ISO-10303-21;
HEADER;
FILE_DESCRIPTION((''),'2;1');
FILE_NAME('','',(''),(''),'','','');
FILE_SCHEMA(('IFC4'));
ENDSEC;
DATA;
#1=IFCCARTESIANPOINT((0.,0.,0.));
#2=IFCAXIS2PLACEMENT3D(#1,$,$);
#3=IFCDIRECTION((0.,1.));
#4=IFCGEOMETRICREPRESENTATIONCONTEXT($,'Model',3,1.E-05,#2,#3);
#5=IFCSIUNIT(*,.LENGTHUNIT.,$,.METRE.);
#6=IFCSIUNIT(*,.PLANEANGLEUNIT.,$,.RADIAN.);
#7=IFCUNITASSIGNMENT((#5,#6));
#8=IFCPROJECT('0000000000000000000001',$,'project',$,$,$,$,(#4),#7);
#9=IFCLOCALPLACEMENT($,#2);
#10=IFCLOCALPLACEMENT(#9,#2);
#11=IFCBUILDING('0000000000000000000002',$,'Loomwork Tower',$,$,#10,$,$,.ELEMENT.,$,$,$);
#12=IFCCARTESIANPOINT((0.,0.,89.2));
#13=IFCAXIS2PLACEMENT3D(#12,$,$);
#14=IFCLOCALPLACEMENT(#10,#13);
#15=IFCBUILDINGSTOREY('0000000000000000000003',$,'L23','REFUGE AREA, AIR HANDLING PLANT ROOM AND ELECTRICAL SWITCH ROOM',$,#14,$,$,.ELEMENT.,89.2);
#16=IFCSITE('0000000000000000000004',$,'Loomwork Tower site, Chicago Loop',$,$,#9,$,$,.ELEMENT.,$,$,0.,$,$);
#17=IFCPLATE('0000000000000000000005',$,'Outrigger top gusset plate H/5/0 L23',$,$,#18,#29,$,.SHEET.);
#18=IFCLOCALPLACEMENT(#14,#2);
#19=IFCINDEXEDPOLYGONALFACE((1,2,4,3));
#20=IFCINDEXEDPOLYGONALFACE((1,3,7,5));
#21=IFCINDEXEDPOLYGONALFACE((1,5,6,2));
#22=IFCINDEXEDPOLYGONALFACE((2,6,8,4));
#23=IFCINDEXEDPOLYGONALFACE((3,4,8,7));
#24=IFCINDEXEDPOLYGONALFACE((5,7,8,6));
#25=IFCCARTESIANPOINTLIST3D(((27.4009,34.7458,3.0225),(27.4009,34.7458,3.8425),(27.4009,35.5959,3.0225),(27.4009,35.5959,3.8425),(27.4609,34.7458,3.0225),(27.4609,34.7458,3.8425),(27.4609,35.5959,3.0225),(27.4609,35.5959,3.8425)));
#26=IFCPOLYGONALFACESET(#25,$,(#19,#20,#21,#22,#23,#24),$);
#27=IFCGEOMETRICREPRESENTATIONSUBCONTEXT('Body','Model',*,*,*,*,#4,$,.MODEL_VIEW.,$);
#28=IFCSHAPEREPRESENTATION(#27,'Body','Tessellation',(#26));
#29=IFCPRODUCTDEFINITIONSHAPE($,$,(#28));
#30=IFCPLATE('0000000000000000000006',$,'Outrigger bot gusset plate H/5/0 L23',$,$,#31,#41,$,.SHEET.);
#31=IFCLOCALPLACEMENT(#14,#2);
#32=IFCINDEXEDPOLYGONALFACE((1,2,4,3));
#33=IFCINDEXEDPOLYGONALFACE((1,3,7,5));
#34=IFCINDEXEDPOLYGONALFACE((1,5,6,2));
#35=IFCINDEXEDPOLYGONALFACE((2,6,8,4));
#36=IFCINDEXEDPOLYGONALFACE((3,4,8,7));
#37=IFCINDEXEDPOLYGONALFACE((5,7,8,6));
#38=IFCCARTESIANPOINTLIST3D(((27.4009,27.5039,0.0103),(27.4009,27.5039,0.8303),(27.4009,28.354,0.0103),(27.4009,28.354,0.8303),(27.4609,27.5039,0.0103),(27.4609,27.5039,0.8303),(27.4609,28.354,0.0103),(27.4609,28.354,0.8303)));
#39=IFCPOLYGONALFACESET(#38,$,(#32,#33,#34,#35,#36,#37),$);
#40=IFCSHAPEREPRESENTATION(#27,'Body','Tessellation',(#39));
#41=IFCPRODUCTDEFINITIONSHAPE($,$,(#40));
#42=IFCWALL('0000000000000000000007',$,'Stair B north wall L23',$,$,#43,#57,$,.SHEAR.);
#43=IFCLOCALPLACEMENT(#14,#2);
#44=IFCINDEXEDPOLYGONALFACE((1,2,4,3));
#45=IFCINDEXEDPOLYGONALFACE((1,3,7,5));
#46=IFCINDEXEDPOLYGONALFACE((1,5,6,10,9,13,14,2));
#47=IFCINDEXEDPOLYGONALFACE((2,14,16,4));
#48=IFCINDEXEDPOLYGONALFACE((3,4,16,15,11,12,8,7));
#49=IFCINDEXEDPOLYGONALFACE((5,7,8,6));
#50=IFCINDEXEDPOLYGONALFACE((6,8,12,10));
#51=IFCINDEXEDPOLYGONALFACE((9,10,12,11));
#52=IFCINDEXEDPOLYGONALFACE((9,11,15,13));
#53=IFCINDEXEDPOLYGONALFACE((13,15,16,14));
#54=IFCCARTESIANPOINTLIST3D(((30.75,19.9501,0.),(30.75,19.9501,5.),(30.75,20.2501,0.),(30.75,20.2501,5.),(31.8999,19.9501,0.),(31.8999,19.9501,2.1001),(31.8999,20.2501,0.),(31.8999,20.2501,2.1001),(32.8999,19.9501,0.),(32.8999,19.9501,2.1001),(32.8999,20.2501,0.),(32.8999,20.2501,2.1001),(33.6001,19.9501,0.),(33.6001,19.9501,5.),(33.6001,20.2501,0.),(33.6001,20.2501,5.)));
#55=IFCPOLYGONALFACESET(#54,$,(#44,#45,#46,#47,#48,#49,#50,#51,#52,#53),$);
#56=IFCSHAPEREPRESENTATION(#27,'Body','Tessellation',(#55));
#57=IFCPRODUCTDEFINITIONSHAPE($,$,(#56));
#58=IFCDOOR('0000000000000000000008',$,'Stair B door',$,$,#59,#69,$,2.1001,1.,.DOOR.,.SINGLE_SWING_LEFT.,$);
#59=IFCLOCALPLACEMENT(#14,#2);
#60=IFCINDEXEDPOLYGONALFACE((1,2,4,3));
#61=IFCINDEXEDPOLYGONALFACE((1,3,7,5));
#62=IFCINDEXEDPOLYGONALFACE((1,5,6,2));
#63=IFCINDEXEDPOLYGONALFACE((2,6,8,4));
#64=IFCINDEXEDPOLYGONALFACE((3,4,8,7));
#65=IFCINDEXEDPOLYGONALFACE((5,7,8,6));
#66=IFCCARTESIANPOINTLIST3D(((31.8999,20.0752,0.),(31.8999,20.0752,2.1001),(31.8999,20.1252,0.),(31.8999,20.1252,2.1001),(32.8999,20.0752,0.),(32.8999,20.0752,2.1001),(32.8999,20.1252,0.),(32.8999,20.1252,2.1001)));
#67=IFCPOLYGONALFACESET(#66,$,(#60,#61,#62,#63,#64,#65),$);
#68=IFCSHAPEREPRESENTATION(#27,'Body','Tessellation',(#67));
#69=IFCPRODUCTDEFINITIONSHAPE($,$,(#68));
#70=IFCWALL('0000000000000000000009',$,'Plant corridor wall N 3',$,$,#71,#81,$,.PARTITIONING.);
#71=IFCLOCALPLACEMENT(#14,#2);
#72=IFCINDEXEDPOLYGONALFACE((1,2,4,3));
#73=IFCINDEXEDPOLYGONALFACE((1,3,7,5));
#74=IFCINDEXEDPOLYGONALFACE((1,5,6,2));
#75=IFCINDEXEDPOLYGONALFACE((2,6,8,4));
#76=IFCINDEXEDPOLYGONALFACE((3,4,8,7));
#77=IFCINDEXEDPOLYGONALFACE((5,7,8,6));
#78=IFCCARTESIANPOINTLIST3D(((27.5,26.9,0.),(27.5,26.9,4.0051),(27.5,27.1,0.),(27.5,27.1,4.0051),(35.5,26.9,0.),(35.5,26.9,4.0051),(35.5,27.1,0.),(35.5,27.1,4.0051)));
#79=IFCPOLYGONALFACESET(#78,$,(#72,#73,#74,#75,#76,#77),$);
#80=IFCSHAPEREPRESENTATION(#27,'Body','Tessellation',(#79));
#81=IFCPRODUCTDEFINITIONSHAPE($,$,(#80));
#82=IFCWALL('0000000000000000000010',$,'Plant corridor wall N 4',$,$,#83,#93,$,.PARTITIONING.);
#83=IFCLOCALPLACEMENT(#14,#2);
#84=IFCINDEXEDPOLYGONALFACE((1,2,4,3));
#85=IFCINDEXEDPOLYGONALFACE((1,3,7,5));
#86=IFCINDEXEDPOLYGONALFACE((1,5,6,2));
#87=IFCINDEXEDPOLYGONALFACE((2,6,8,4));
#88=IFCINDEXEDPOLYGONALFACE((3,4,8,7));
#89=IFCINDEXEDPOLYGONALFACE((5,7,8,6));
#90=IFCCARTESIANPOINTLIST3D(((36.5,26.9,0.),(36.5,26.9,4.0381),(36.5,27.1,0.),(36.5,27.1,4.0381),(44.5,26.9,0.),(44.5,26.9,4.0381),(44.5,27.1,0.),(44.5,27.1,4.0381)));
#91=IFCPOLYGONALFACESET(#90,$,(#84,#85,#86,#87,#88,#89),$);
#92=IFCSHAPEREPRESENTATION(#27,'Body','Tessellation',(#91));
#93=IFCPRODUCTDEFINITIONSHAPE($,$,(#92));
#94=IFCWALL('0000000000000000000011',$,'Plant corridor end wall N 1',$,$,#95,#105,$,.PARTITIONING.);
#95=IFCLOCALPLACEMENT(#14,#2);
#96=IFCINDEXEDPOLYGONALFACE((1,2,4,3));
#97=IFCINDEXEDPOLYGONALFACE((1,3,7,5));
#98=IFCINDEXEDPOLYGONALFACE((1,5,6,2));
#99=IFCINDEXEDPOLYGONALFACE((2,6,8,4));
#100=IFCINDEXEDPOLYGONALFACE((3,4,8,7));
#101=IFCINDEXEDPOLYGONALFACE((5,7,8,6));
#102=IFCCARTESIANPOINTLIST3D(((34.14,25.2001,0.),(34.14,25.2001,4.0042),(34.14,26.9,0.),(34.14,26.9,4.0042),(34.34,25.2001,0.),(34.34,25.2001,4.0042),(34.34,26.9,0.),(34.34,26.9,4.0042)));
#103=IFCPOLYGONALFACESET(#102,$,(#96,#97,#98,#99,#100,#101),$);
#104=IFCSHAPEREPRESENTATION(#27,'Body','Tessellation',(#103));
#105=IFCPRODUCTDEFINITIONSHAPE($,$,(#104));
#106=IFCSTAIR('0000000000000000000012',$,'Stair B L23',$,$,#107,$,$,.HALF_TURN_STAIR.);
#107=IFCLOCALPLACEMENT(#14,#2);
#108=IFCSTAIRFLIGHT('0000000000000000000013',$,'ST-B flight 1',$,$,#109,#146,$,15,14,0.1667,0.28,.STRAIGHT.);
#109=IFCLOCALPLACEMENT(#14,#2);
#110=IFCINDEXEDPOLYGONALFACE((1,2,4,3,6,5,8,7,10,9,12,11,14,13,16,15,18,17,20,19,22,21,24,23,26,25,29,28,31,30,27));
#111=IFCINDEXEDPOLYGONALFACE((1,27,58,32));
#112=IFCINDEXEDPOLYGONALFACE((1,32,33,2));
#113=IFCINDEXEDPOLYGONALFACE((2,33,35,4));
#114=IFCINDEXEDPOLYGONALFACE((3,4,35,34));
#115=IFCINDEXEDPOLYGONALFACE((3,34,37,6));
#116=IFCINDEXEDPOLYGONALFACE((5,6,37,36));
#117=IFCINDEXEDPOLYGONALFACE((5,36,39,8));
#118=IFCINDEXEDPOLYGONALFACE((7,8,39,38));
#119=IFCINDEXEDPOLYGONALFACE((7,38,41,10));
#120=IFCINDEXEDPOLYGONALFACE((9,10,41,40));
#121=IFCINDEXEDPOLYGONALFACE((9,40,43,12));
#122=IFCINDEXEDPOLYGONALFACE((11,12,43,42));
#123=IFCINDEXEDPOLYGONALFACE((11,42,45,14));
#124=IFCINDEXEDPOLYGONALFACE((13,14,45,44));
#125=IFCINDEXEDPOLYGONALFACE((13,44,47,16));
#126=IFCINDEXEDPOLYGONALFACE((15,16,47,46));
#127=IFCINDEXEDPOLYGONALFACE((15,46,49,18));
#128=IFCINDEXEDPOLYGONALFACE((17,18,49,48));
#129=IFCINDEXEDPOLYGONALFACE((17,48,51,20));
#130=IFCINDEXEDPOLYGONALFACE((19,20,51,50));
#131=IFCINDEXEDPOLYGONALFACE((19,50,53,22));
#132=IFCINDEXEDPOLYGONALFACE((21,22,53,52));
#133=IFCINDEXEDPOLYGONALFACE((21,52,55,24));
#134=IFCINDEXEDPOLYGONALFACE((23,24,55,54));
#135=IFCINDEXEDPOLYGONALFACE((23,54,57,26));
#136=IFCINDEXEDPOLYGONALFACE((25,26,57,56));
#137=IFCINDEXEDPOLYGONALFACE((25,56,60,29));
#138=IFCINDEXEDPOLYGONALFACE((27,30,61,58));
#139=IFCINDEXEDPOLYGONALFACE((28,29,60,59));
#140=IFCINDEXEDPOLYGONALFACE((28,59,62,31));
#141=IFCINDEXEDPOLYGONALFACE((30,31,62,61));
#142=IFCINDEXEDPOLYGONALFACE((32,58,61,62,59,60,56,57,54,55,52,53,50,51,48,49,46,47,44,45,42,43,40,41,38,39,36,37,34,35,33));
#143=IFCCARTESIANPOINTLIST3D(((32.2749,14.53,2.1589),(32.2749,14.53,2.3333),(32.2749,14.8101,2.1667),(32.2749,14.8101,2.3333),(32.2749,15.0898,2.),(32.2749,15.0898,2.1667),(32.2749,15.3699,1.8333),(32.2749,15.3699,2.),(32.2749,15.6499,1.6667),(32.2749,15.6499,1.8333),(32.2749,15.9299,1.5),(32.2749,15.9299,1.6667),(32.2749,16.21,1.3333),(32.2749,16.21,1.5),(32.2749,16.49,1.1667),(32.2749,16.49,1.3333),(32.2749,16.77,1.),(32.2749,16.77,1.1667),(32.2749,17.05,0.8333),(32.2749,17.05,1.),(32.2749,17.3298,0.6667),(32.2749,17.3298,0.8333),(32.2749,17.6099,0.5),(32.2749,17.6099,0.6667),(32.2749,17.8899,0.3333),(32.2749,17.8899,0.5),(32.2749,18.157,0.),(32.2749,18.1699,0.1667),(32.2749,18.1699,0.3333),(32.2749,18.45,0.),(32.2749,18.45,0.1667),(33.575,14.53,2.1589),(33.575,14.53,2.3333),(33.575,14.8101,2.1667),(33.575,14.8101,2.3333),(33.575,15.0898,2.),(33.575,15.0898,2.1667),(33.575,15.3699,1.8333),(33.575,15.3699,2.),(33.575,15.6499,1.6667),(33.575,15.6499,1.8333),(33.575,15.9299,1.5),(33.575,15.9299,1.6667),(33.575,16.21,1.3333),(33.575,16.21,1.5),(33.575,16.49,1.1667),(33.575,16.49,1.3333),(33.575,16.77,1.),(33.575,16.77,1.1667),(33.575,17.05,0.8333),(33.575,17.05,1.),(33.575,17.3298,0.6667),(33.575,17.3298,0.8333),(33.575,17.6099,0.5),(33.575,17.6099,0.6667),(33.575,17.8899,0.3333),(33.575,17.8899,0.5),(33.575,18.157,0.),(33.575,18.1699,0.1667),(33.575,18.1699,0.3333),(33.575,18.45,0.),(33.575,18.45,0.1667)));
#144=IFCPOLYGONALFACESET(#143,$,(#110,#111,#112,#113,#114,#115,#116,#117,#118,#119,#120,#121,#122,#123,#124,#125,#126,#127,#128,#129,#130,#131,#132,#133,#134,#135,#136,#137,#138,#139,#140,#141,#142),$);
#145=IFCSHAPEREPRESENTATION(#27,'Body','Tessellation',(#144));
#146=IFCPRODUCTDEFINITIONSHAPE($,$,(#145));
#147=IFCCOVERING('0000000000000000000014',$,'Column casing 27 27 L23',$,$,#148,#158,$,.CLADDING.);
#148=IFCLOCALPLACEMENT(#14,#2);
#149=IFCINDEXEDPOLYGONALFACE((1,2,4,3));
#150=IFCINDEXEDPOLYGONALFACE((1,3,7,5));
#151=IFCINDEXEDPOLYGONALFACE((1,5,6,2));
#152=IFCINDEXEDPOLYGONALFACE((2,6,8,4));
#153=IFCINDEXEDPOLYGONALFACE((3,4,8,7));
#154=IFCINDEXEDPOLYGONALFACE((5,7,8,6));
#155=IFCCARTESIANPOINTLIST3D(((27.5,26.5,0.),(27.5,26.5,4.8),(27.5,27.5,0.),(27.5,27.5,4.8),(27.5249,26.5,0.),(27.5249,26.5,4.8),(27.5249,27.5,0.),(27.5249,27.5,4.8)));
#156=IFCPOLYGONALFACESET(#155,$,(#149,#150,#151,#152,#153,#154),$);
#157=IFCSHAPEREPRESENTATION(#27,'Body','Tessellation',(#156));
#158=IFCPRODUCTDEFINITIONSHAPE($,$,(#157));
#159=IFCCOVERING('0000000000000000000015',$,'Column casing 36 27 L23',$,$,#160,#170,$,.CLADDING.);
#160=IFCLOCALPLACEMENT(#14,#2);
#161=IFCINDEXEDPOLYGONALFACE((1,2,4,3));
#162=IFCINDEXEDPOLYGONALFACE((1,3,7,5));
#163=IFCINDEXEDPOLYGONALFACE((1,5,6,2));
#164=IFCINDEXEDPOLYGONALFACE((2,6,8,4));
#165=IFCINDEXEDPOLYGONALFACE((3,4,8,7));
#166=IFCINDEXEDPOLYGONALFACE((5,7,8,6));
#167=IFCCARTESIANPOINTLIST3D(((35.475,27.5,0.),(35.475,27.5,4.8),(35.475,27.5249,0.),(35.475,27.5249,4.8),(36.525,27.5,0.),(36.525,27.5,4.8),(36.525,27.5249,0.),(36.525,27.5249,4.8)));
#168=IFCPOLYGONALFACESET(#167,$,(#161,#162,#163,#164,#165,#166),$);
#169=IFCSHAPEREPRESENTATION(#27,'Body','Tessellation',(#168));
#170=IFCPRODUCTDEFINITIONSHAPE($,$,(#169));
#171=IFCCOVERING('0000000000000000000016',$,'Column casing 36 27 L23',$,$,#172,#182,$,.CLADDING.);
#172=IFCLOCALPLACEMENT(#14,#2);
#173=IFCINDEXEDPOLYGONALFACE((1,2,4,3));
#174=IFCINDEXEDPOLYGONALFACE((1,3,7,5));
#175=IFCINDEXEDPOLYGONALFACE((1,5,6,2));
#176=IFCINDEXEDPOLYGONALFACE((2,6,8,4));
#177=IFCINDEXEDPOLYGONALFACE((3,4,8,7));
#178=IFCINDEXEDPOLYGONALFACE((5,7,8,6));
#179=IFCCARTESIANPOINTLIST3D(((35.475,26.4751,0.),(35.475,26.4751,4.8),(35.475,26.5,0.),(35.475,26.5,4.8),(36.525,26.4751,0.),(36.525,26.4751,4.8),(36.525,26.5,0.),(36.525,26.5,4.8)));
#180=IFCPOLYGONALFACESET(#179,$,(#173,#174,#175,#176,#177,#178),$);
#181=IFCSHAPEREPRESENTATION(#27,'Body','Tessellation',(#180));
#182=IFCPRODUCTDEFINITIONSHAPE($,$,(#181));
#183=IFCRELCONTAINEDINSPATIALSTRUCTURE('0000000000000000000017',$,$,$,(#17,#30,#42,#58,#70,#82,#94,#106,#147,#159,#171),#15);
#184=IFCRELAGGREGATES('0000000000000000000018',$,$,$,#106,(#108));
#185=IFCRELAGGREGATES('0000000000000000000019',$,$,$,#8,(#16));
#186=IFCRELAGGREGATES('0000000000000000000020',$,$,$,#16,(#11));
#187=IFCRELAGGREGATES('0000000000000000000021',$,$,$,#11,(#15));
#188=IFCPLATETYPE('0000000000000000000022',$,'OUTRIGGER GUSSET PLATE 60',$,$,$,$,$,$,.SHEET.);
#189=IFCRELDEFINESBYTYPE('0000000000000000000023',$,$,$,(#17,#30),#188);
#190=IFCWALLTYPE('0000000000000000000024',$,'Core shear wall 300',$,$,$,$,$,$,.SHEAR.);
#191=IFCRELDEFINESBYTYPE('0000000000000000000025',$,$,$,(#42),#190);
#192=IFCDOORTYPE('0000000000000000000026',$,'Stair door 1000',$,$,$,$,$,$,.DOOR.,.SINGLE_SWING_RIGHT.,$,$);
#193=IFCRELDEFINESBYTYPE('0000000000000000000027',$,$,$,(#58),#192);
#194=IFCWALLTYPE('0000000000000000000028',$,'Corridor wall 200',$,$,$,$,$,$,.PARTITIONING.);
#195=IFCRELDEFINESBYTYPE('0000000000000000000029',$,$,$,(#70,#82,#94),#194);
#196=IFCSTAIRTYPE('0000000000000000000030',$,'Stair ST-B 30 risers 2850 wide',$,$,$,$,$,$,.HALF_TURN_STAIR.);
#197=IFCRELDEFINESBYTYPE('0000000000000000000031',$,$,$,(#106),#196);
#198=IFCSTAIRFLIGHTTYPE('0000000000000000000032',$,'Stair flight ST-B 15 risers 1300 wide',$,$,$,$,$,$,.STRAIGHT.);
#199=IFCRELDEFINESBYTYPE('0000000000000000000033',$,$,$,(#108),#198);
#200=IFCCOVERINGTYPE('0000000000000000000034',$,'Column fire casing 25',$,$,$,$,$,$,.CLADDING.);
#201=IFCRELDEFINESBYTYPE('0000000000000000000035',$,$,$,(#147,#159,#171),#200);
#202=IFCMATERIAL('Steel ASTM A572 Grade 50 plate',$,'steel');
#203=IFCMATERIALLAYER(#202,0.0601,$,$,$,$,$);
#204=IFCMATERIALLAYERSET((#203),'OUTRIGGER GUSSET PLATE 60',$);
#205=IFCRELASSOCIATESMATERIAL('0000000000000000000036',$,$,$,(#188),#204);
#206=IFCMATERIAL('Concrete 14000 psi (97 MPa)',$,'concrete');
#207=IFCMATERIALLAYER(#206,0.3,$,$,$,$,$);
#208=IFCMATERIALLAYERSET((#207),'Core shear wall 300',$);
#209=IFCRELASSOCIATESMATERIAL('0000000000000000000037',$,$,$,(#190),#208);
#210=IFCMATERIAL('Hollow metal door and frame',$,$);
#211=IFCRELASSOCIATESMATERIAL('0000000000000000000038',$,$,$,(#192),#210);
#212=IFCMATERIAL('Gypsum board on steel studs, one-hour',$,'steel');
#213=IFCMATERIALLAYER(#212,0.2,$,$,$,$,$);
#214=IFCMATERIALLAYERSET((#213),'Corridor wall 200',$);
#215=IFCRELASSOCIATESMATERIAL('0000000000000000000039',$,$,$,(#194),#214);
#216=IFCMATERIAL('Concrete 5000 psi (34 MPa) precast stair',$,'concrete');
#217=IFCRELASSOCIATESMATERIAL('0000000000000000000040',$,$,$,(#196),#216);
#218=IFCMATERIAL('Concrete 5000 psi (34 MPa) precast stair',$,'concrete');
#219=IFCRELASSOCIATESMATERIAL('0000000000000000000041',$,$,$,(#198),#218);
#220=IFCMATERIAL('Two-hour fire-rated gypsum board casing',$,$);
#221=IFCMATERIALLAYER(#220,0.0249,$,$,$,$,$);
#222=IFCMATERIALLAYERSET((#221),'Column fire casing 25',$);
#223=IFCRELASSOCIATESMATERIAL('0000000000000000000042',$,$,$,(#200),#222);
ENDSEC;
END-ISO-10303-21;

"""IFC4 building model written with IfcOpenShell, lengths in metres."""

from ifc_helpers import new_model, si_unit, direction, frame, frame_2d, origin, origin_2d, place, context, subcontext, project, spatial, polyline, rectangle, outline, extrude, material, layer, layer_set, type_object, element, fill, aggregate, save


model = new_model("IFC4")

# Units and contexts
model_context = context("Model", 3, precision=1e-05, world=origin(), true_north=direction((0.0, 1.0)))
body_context = subcontext(model_context, "Body", "Model", "MODEL_VIEW")
ifc_project = project(units=[si_unit("LENGTHUNIT", "METRE"), si_unit("PLANEANGLEUNIT", "RADIAN")], contexts=[model_context])

# Site, building, storey
site_placement = place(None, origin())
site = spatial("IfcSite", under=ifc_project, at=site_placement, Name="Loomwork Tower site, Chicago Loop", CompositionType="ELEMENT", RefElevation=0.0)
building_placement = place(site_placement, origin())
building = spatial("IfcBuilding", under=site, at=building_placement, Name="Loomwork Tower", CompositionType="ELEMENT")
storey_placement = place(building_placement, frame((0.0, 0.0, 89.2)))
storey = spatial("IfcBuildingStorey", under=building, at=storey_placement, Name="L23", Description="REFUGE AREA, AIR HANDLING PLANT ROOM AND ELECTRICAL SWITCH ROOM", CompositionType="ELEMENT", Elevation=89.2)

# Plates
ifc_material_1 = material(Name="Steel ASTM A572 Grade 50 plate", Category="steel")
ifc_layer_1 = layer(ifc_material_1, 0.0601)
ifc_layer_set_1 = layer_set([ifc_layer_1], Name="OUTRIGGER GUSSET PLATE 60")
plate_type_1 = type_object("IfcPlateType", Name="OUTRIGGER GUSSET PLATE 60", PredefinedType="SHEET", material=ifc_layer_set_1)
for number, where, z_axis, x_axis, name in (
    (1, (27.4309, 35.1709, 3.0225), (0.0, 0.0, 1.0), (0.0, 1.0, 0.0), "Outrigger top gusset plate H/5/0 L23"),
    (2, (27.4309, 27.929, 0.0103), (0.0, 0.0, 1.0), (0.0, 1.0, 0.0), "Outrigger bot gusset plate H/5/0 L23"),
):
    element("IfcPlate", number, at=place(storey_placement, frame(where, z_axis=z_axis, x_axis=x_axis)), inside=storey, type_object=plate_type_1, Name=name, PredefinedType="SHEET", context=body_context, shape_type="SweptSolid", body=[
        extrude(rectangle(XDim=0.8501, YDim=0.0601, at=origin_2d()), origin(), (0.0, 0.0, 1.0), 0.8201),
    ])

# Wall, opening, door
ifc_material_2 = material(Name="Concrete 14000 psi (97 MPa)", Category="concrete")
ifc_layer_2 = layer(ifc_material_2, 0.3)
ifc_layer_set_2 = layer_set([ifc_layer_2], Name="Core shear wall 300")
wall_type_1 = type_object("IfcWallType", Name="Core shear wall 300", PredefinedType="SHEAR", material=ifc_layer_set_2)
wall_1_placement = place(storey_placement, frame((30.75, 20.1001, 0.0), z_axis=(0.0, 0.0, 1.0), x_axis=(1.0, 0.0, 0.0)))
wall_1 = element("IfcWall", 3, at=wall_1_placement, inside=storey, type_object=wall_type_1, Name="Stair B north wall L23", PredefinedType="SHEAR", context=body_context, shape_type="SweptSolid", body=[
    extrude(rectangle(XDim=2.8501, YDim=0.3, at=frame_2d((1.425, 0.0))), origin(), (0.0, 0.0, 1.0), 5.0),
])
opening_placement = place(wall_1_placement, frame((1.1499, 0.0, 0.0)))
opening = element("IfcOpeningElement", 4, at=opening_placement, cuts=wall_1, PredefinedType="OPENING", context=body_context, shape_type="SweptSolid", body=[
    extrude(rectangle(XDim=1.0, YDim=2.1001, at=frame_2d((0.5, 1.05))), frame((0.0, 0.1599, 0.0), z_axis=(0.0, -1.0, 0.0), x_axis=(1.0, 0.0, 0.0)), (0.0, 0.0, 1.0), 0.3201),
])
ifc_material_3 = material(Name="Hollow metal door and frame")
door_type = type_object("IfcDoorType", Name="Stair door 1000", OperationType="SINGLE_SWING_RIGHT", PredefinedType="DOOR", material=ifc_material_3)
door_placement = place(opening_placement, frame((1.0, 0.0, 0.0), z_axis=(0.0, 0.0, 1.0), x_axis=(-1.0, 0.0, 0.0)))
door = element("IfcDoor", 5, at=door_placement, inside=storey, type_object=door_type, Name="Stair B door", OperationType="SINGLE_SWING_LEFT", OverallHeight=2.1001, OverallWidth=1.0, PredefinedType="DOOR", context=body_context, shape_type="SweptSolid", body=[
    extrude(rectangle(XDim=1.0, YDim=2.1001, at=frame_2d((0.5, 1.05))), frame((0.0, 0.0249, 0.0), z_axis=(0.0, -1.0, 0.0), x_axis=(1.0, 0.0, 0.0)), (0.0, 0.0, 1.0), 0.05),
])
fill(opening, door)

# Walls
ifc_material_4 = material(Name="Gypsum board on steel studs, one-hour", Category="steel")
ifc_layer_3 = layer(ifc_material_4, 0.2)
ifc_layer_set_3 = layer_set([ifc_layer_3], Name="Corridor wall 200")
wall_type_2 = type_object("IfcWallType", Name="Corridor wall 200", PredefinedType="PARTITIONING", material=ifc_layer_set_3)
wall_2_placement = place(storey_placement, frame((27.5, 27.0, 0.0), z_axis=(0.0, 0.0, 1.0), x_axis=(1.0, 0.0, 0.0)))
element("IfcWall", 6, at=wall_2_placement, inside=storey, type_object=wall_type_2, Name="Plant corridor wall N 3", PredefinedType="PARTITIONING", context=body_context, shape_type="SweptSolid", body=[
    extrude(rectangle(XDim=8.0, YDim=0.2, at=frame_2d((4.0, 0.0))), origin(), (0.0, 0.0, 1.0), 4.0051),
])
wall_3_placement = place(storey_placement, frame((36.5, 27.0, 0.0), z_axis=(0.0, 0.0, 1.0), x_axis=(1.0, 0.0, 0.0)))
element("IfcWall", 7, at=wall_3_placement, inside=storey, type_object=wall_type_2, Name="Plant corridor wall N 4", PredefinedType="PARTITIONING", context=body_context, shape_type="SweptSolid", body=[
    extrude(rectangle(XDim=8.0, YDim=0.2, at=frame_2d((4.0, 0.0))), origin(), (0.0, 0.0, 1.0), 4.0381),
])
wall_4_placement = place(storey_placement, frame((34.24, 25.2, 0.0), z_axis=(0.0, 0.0, 1.0), x_axis=(0.0, 1.0, 0.0)))
element("IfcWall", 8, at=wall_4_placement, inside=storey, type_object=wall_type_2, Name="Plant corridor end wall N 1", PredefinedType="PARTITIONING", context=body_context, shape_type="SweptSolid", body=[
    extrude(rectangle(XDim=1.7, YDim=0.2, at=frame_2d((0.8501, 0.0))), origin(), (0.0, 0.0, 1.0), 4.0042),
])

# Stair, stair flight
ifc_material_5 = material(Name="Concrete 5000 psi (34 MPa) precast stair", Category="concrete")
stair_type = type_object("IfcStairType", Name="Stair ST-B 30 risers 2850 wide", PredefinedType="HALF_TURN_STAIR", material=ifc_material_5)
stair_placement = place(storey_placement, origin())
stair = element("IfcStair", 9, at=stair_placement, inside=storey, type_object=stair_type, Name="Stair B L23", PredefinedType="HALF_TURN_STAIR")
ifc_material_6 = material(Name="Concrete 5000 psi (34 MPa) precast stair", Category="concrete")
stair_flight_type = type_object("IfcStairFlightType", Name="Stair flight ST-B 15 risers 1300 wide", PredefinedType="STRAIGHT", material=ifc_material_6)
stair_flight_placement = place(storey_placement, frame((32.925, 18.45, 0.0), z_axis=(0.0, 0.0, 1.0), x_axis=(0.0, -1.0, 0.0)))
stair_flight = element("IfcStairFlight", 10, at=stair_flight_placement, type_object=stair_flight_type, Name="ST-B flight 1", NumberOfRisers=15, NumberOfTreads=14, PredefinedType="STRAIGHT", RiserHeight=0.1667, TreadLength=0.28, context=body_context, shape_type="SweptSolid", body=[
    extrude(outline(polyline([(0.0, 0.0), (0.0, 0.1667), (0.28, 0.1667), (0.28, 0.3333), (0.5601, 0.3333), (0.5601, 0.5), (0.8401, 0.5), (0.8401, 0.6667), (1.1201, 0.6667), (1.1201, 0.8333), (1.3999, 0.8333), (1.3999, 1.0), (1.6799, 1.0), (1.6799, 1.1667), (1.96, 1.1667), (1.96, 1.3333), (2.24, 1.3333), (2.24, 1.5), (2.52, 1.5), (2.52, 1.6667), (2.8, 1.6667), (2.8, 1.8333), (3.0801, 1.8333), (3.0801, 2.0), (3.3601, 2.0), (3.3601, 2.1667), (3.6399, 2.1667), (3.6399, 2.3333), (3.9199, 2.3333), (3.9199, 2.5), (3.9199, 2.1589), (0.293, 0.0), (0.0, 0.0)])), frame((0.0, 0.6499, 0.0), z_axis=(0.0, -1.0, 0.0), x_axis=(1.0, 0.0, 0.0)), (0.0, 0.0, 1.0), 1.3),
])
aggregate(stair, [stair_flight])

# Coverings
ifc_material_7 = material(Name="Two-hour fire-rated gypsum board casing")
ifc_layer_4 = layer(ifc_material_7, 0.0249)
ifc_layer_set_4 = layer_set([ifc_layer_4], Name="Column fire casing 25")
covering_type = type_object("IfcCoveringType", Name="Column fire casing 25", PredefinedType="CLADDING", material=ifc_layer_set_4)
covering_placement = place(storey_placement, frame((27.5125, 27.0, 0.0), z_axis=(0.0, 0.0, 1.0), x_axis=(1.0, 0.0, 0.0)))
element("IfcCovering", 11, at=covering_placement, inside=storey, type_object=covering_type, Name="Column casing 27 27 L23", PredefinedType="CLADDING", context=body_context, shape_type="SweptSolid", body=[
    extrude(rectangle(XDim=0.0249, YDim=1.0, at=origin_2d()), origin(), (0.0, 0.0, 1.0), 4.8),
])
for number, where, z_axis, x_axis, name in (
    (12, (36.0, 27.5125, 0.0), (0.0, 0.0, 1.0), (1.0, 0.0, 0.0), "Column casing 36 27 L23"),
    (13, (36.0, 26.4875, 0.0), (0.0, 0.0, 1.0), (1.0, 0.0, 0.0), "Column casing 36 27 L23"),
):
    element("IfcCovering", number, at=place(storey_placement, frame(where, z_axis=z_axis, x_axis=x_axis)), inside=storey, type_object=covering_type, Name=name, PredefinedType="CLADDING", context=body_context, shape_type="SweptSolid", body=[
        extrude(rectangle(XDim=1.05, YDim=0.0249, at=origin_2d()), origin(), (0.0, 0.0, 1.0), 4.8),
    ])

save(model, "model.ifc")
